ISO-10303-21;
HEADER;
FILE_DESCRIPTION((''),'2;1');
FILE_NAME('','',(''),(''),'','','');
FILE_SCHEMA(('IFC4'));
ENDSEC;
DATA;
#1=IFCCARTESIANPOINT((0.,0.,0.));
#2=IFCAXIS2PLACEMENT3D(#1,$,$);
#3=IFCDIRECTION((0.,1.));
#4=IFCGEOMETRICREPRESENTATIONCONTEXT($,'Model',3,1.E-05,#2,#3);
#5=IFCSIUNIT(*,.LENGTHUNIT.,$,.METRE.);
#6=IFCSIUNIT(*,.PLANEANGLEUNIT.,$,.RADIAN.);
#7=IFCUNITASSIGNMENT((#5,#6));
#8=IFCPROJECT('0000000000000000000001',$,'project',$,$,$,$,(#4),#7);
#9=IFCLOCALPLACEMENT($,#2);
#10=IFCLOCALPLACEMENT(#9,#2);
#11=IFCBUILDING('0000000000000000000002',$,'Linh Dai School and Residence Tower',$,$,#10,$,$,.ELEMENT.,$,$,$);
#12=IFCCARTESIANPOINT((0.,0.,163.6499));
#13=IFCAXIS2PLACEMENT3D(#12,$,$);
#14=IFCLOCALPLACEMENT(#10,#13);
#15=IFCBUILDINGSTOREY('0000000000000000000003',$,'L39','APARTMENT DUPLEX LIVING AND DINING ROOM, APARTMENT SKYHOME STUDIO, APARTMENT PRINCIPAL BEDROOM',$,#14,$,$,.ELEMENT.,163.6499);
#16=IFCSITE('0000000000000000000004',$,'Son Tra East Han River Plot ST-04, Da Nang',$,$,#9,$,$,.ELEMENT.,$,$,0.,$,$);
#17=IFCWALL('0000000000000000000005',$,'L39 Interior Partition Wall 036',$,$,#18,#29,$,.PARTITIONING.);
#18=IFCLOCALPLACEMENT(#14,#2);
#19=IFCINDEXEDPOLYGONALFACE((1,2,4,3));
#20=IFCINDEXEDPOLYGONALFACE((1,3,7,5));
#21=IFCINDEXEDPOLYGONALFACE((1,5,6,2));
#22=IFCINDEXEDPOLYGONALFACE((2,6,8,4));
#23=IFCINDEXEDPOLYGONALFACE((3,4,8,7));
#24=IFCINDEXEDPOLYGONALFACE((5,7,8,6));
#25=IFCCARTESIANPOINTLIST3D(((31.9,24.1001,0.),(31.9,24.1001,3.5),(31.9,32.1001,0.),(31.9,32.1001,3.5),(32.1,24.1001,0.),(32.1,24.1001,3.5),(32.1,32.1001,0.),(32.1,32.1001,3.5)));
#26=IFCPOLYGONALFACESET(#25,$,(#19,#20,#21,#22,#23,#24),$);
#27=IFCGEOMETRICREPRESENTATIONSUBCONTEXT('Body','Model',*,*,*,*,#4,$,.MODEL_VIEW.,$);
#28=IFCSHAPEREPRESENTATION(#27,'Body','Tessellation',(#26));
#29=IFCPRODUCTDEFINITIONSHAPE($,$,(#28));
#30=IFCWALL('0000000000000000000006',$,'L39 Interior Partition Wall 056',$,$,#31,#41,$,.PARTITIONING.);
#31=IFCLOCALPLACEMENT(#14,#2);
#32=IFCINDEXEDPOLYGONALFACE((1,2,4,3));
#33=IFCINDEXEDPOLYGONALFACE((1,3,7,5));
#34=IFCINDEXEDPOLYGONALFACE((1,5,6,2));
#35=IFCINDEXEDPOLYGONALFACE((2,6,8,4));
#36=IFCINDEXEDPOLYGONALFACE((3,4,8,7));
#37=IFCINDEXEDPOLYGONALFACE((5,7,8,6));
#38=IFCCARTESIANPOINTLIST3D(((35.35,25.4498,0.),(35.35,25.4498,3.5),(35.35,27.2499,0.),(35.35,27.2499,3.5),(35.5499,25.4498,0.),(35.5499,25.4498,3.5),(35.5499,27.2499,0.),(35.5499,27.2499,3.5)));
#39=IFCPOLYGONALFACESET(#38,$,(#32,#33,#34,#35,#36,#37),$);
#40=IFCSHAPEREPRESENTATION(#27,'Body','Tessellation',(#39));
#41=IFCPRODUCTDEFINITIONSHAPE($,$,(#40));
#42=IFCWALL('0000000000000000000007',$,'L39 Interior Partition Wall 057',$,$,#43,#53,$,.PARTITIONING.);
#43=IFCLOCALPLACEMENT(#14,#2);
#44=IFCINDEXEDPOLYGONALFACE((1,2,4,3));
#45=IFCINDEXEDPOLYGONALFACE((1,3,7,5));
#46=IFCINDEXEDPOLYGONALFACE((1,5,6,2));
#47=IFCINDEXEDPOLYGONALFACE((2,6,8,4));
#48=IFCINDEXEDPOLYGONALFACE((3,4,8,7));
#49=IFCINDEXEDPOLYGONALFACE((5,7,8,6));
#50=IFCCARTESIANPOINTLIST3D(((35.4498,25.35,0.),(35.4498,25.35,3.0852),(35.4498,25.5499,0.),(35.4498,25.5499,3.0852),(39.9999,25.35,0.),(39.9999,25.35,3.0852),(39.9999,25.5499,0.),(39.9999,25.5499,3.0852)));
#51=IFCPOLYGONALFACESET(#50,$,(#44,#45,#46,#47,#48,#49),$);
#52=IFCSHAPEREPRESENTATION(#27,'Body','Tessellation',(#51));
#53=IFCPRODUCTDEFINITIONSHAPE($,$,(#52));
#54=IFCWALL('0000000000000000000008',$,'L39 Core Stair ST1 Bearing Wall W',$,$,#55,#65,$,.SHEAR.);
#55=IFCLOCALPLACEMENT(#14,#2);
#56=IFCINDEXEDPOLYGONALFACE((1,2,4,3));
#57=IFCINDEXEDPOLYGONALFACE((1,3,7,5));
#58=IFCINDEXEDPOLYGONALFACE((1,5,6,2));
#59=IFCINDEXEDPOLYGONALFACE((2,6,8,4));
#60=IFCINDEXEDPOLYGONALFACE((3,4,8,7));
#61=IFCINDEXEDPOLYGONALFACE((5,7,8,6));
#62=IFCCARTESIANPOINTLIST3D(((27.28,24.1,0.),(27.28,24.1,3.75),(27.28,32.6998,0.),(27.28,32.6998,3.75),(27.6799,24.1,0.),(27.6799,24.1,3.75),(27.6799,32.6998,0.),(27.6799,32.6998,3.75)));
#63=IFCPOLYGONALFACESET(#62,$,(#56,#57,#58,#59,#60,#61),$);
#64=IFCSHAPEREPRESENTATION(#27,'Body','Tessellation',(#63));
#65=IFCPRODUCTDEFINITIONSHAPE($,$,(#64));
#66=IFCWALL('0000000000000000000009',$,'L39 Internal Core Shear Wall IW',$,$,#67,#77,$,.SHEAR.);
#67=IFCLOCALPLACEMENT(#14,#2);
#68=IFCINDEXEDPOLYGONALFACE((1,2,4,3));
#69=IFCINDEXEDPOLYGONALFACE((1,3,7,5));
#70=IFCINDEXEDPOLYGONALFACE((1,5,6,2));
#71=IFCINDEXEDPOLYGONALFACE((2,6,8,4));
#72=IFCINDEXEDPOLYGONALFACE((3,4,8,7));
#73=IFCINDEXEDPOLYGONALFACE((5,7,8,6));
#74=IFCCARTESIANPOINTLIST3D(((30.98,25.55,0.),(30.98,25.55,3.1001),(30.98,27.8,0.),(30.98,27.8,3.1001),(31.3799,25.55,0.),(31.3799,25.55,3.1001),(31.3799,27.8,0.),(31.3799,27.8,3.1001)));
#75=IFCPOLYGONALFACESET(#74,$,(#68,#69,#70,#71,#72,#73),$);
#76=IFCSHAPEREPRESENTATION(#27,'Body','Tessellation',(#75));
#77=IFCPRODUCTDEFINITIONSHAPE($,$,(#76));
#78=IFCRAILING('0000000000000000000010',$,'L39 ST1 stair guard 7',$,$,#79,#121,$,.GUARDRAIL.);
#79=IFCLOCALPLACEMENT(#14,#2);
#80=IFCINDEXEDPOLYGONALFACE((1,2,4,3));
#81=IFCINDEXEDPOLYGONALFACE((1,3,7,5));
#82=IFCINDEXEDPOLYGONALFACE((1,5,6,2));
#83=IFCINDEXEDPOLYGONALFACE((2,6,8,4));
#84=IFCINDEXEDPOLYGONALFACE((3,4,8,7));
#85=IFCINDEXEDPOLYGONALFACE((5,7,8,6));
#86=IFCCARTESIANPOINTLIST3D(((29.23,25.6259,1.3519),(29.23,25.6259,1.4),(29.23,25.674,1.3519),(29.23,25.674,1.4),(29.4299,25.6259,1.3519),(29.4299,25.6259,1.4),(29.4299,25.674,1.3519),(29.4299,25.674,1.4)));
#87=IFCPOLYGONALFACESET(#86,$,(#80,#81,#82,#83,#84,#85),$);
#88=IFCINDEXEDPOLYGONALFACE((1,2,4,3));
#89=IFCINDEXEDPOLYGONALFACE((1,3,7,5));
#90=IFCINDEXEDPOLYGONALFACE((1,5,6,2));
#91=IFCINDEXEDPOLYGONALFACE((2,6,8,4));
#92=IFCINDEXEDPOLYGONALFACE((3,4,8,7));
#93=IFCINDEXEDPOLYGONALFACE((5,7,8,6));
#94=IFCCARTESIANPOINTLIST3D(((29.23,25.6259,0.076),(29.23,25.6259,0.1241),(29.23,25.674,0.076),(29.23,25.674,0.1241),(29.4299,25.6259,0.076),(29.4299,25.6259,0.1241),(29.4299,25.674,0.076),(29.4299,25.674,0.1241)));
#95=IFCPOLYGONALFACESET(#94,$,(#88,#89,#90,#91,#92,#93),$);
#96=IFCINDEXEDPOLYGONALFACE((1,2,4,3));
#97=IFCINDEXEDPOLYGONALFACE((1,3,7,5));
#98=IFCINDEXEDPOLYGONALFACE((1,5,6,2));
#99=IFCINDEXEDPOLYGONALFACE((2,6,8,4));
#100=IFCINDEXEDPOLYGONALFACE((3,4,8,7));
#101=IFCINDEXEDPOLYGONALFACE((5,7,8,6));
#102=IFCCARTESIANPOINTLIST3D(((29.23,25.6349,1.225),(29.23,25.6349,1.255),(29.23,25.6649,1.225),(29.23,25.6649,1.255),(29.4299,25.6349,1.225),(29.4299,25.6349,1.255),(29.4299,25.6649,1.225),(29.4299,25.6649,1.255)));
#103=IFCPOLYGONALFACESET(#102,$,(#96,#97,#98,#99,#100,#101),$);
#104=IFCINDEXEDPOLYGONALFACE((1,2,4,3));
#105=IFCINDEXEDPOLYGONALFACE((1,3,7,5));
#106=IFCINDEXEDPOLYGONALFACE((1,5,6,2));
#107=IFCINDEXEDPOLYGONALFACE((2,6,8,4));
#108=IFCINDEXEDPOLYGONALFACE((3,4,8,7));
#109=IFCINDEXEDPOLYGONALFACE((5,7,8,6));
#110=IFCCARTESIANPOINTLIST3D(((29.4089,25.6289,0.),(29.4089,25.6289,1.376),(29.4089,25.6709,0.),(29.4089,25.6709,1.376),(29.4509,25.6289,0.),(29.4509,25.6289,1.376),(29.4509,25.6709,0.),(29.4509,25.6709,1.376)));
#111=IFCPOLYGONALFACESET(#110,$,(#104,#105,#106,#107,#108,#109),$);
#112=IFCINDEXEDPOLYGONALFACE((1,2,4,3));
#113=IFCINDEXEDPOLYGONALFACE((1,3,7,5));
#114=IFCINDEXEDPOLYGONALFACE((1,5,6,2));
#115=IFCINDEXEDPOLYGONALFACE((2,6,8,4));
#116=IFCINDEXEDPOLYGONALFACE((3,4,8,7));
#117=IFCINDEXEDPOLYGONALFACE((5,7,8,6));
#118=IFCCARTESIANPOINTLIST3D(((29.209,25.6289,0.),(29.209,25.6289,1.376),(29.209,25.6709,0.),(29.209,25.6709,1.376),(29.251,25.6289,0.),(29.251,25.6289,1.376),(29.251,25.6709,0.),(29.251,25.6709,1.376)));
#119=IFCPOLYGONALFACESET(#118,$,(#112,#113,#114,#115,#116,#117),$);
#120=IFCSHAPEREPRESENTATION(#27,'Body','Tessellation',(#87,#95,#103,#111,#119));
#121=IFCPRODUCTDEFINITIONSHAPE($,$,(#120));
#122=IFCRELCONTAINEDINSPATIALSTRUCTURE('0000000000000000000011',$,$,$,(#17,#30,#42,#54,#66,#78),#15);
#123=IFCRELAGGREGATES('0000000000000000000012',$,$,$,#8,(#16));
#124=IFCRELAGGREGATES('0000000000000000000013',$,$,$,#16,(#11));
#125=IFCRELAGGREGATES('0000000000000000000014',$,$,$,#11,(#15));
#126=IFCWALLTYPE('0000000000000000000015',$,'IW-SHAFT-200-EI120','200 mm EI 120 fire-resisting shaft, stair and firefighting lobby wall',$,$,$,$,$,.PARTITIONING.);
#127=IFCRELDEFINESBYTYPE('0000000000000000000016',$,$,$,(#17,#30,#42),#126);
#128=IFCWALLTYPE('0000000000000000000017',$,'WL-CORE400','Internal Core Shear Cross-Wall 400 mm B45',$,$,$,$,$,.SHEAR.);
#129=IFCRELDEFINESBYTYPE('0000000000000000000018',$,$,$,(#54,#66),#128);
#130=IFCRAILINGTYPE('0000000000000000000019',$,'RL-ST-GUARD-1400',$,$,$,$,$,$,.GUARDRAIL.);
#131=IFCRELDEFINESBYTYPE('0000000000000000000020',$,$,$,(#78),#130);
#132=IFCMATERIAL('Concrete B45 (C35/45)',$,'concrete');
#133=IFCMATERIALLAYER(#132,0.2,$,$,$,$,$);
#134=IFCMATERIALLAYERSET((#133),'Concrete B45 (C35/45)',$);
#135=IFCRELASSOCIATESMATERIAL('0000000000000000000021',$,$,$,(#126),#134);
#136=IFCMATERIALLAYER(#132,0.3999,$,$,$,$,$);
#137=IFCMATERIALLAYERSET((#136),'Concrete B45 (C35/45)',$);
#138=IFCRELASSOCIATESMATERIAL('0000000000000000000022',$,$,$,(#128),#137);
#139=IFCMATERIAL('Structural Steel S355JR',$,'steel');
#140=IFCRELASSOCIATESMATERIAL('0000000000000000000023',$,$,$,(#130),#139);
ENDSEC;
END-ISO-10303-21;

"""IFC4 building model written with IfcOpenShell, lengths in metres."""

from ifc_helpers import new_model, si_unit, direction, frame, frame_2d, origin, origin_2d, place, context, subcontext, project, spatial, rectangle, extrude, source, transform, mapped, material, layer, layer_set, type_object, element, save


model = new_model("IFC4")

# Units and contexts
model_context = context("Model", 3, precision=1e-05, world=origin(), true_north=direction((0.0, 1.0)))
body_context = subcontext(model_context, "Body", "Model", "MODEL_VIEW")
ifc_project = project(units=[si_unit("LENGTHUNIT", "METRE"), si_unit("PLANEANGLEUNIT", "RADIAN")], contexts=[model_context])

# Site, building, storey
site_placement = place(None, origin())
site = spatial("IfcSite", under=ifc_project, at=site_placement, Name="Son Tra East Han River Plot ST-04, Da Nang", CompositionType="ELEMENT", RefElevation=0.0)
building_placement = place(site_placement, origin())
building = spatial("IfcBuilding", under=site, at=building_placement, Name="Linh Dai School and Residence Tower", CompositionType="ELEMENT")
storey_placement = place(building_placement, frame((0.0, 0.0, 163.6499)))
storey = spatial("IfcBuildingStorey", under=building, at=storey_placement, Name="L39", Description="APARTMENT DUPLEX LIVING AND DINING ROOM, APARTMENT SKYHOME STUDIO, APARTMENT PRINCIPAL BEDROOM", CompositionType="ELEMENT", Elevation=163.6499)

# Shared definitions
ifc_material_1 = material(Name="Structural Steel S355JR", Category="steel")

# Shared definitions
ifc_material_2 = material(Name="Concrete B45 (C35/45)", Category="concrete")
ifc_layer_1 = layer(ifc_material_2, 0.2)
ifc_layer_set_1 = layer_set([ifc_layer_1], Name="Concrete B45 (C35/45)")
wall_type_1 = type_object("IfcWallType", Name="IW-SHAFT-200-EI120", Description="200 mm EI 120 fire-resisting shaft, stair and firefighting lobby wall", PredefinedType="PARTITIONING", material=ifc_layer_set_1)

# Wall
wall_1_placement = place(storey_placement, frame((32.0, 24.1001, 0.0), z_axis=(0.0, 0.0, 1.0), x_axis=(0.0, 1.0, 0.0)))
element("IfcWall", 1, at=wall_1_placement, inside=storey, type_object=wall_type_1, Name="L39 Interior Partition Wall 036", PredefinedType="PARTITIONING", context=body_context, shape_type="SweptSolid", body=[
    extrude(rectangle(XDim=8.0, YDim=0.2, at=frame_2d((4.0, 0.0))), origin(), (0.0, 0.0, 1.0), 3.5),
])

# Walls
wall_2_placement = place(storey_placement, frame((35.45, 25.45, 0.0), z_axis=(0.0, 0.0, 1.0), x_axis=(0.0, 1.0, 0.0)))
element("IfcWall", 2, at=wall_2_placement, inside=storey, type_object=wall_type_1, Name="L39 Interior Partition Wall 056", PredefinedType="PARTITIONING", context=body_context, shape_type="SweptSolid", body=[
    extrude(rectangle(XDim=1.8, YDim=0.2, at=frame_2d((0.8999, 0.0))), origin(), (0.0, 0.0, 1.0), 3.5),
])
wall_3_placement = place(storey_placement, frame((35.45, 25.45, 0.0), z_axis=(0.0, 0.0, 1.0), x_axis=(1.0, 0.0, 0.0)))
element("IfcWall", 3, at=wall_3_placement, inside=storey, type_object=wall_type_1, Name="L39 Interior Partition Wall 057", PredefinedType="PARTITIONING", context=body_context, shape_type="SweptSolid", body=[
    extrude(rectangle(XDim=4.55, YDim=0.2, at=frame_2d((2.2749, 0.0))), origin(), (0.0, 0.0, 1.0), 3.0852),
])
ifc_layer_2 = layer(ifc_material_2, 0.3999)
ifc_layer_set_2 = layer_set([ifc_layer_2], Name="Concrete B45 (C35/45)")
wall_type_2 = type_object("IfcWallType", Name="WL-CORE400", Description="Internal Core Shear Cross-Wall 400 mm B45", PredefinedType="SHEAR", material=ifc_layer_set_2)
wall_4_placement = place(storey_placement, frame((27.48, 24.1001, 0.0), z_axis=(0.0, 0.0, 1.0), x_axis=(0.0, 1.0, 0.0)))
element("IfcWall", 4, at=wall_4_placement, inside=storey, type_object=wall_type_2, Name="L39 Core Stair ST1 Bearing Wall W", PredefinedType="SHEAR", context=body_context, shape_type="SweptSolid", body=[
    extrude(rectangle(XDim=8.5999, YDim=0.3999, at=frame_2d((4.2998, 0.0))), origin(), (0.0, 0.0, 1.0), 3.75),
])
wall_5_placement = place(storey_placement, frame((31.1799, 25.55, 0.0), z_axis=(0.0, 0.0, 1.0), x_axis=(0.0, 1.0, 0.0)))
element("IfcWall", 5, at=wall_5_placement, inside=storey, type_object=wall_type_2, Name="L39 Internal Core Shear Wall IW", PredefinedType="SHEAR", context=body_context, shape_type="SweptSolid", body=[
    extrude(rectangle(XDim=2.25, YDim=0.3999, at=frame_2d((1.125, 0.0))), origin(), (0.0, 0.0, 1.0), 3.1001),
])

# Railing
railing_type = type_object("IfcRailingType", Name="RL-ST-GUARD-1400", PredefinedType="GUARDRAIL", material=ifc_material_1)
shared_shape_1 = source(origin(), body_context, "Body", "SweptSolid", [
    extrude(rectangle(XDim=0.0481, YDim=0.0481, at=origin_2d()), frame((0.0, 0.0, 1.376), z_axis=(-1.0, 0.0, 0.0), x_axis=(0.0, -1.0, 0.0)), (0.0, 0.0, 1.0), 0.2),
    extrude(rectangle(XDim=0.0481, YDim=0.0481, at=origin_2d()), frame((0.0, 0.0, 0.1001), z_axis=(-1.0, 0.0, 0.0), x_axis=(0.0, -1.0, 0.0)), (0.0, 0.0, 1.0), 0.2),
    extrude(rectangle(XDim=0.03, YDim=0.03, at=origin_2d()), frame((0.0, 0.0, 1.24), z_axis=(-1.0, 0.0, 0.0), x_axis=(0.0, -1.0, 0.0)), (0.0, 0.0, 1.0), 0.2),
    extrude(rectangle(XDim=0.042, YDim=0.042, at=origin_2d()), origin(), (0.0, 0.0, 1.0), 1.376),
    extrude(rectangle(XDim=0.042, YDim=0.042, at=origin_2d()), frame((-0.2, 0.0, 0.0)), (0.0, 0.0, 1.0), 1.376),
])
railing_placement = place(storey_placement, frame((29.4299, 25.6499, 0.0)))
element("IfcRailing", 6, at=railing_placement, inside=storey, type_object=railing_type, Name="L39 ST1 stair guard 7", PredefinedType="GUARDRAIL", context=body_context, shape_type="MappedRepresentation", body=[
    mapped(shared_shape_1, transform((0.0, 0.0, 0.0), x_axis=(1.0, 0.0, 0.0), y_axis=(0.0, 1.0, 0.0), z_axis=(0.0, 0.0, 1.0), scale=1.0)),
])

save(model, "model.ifc")
